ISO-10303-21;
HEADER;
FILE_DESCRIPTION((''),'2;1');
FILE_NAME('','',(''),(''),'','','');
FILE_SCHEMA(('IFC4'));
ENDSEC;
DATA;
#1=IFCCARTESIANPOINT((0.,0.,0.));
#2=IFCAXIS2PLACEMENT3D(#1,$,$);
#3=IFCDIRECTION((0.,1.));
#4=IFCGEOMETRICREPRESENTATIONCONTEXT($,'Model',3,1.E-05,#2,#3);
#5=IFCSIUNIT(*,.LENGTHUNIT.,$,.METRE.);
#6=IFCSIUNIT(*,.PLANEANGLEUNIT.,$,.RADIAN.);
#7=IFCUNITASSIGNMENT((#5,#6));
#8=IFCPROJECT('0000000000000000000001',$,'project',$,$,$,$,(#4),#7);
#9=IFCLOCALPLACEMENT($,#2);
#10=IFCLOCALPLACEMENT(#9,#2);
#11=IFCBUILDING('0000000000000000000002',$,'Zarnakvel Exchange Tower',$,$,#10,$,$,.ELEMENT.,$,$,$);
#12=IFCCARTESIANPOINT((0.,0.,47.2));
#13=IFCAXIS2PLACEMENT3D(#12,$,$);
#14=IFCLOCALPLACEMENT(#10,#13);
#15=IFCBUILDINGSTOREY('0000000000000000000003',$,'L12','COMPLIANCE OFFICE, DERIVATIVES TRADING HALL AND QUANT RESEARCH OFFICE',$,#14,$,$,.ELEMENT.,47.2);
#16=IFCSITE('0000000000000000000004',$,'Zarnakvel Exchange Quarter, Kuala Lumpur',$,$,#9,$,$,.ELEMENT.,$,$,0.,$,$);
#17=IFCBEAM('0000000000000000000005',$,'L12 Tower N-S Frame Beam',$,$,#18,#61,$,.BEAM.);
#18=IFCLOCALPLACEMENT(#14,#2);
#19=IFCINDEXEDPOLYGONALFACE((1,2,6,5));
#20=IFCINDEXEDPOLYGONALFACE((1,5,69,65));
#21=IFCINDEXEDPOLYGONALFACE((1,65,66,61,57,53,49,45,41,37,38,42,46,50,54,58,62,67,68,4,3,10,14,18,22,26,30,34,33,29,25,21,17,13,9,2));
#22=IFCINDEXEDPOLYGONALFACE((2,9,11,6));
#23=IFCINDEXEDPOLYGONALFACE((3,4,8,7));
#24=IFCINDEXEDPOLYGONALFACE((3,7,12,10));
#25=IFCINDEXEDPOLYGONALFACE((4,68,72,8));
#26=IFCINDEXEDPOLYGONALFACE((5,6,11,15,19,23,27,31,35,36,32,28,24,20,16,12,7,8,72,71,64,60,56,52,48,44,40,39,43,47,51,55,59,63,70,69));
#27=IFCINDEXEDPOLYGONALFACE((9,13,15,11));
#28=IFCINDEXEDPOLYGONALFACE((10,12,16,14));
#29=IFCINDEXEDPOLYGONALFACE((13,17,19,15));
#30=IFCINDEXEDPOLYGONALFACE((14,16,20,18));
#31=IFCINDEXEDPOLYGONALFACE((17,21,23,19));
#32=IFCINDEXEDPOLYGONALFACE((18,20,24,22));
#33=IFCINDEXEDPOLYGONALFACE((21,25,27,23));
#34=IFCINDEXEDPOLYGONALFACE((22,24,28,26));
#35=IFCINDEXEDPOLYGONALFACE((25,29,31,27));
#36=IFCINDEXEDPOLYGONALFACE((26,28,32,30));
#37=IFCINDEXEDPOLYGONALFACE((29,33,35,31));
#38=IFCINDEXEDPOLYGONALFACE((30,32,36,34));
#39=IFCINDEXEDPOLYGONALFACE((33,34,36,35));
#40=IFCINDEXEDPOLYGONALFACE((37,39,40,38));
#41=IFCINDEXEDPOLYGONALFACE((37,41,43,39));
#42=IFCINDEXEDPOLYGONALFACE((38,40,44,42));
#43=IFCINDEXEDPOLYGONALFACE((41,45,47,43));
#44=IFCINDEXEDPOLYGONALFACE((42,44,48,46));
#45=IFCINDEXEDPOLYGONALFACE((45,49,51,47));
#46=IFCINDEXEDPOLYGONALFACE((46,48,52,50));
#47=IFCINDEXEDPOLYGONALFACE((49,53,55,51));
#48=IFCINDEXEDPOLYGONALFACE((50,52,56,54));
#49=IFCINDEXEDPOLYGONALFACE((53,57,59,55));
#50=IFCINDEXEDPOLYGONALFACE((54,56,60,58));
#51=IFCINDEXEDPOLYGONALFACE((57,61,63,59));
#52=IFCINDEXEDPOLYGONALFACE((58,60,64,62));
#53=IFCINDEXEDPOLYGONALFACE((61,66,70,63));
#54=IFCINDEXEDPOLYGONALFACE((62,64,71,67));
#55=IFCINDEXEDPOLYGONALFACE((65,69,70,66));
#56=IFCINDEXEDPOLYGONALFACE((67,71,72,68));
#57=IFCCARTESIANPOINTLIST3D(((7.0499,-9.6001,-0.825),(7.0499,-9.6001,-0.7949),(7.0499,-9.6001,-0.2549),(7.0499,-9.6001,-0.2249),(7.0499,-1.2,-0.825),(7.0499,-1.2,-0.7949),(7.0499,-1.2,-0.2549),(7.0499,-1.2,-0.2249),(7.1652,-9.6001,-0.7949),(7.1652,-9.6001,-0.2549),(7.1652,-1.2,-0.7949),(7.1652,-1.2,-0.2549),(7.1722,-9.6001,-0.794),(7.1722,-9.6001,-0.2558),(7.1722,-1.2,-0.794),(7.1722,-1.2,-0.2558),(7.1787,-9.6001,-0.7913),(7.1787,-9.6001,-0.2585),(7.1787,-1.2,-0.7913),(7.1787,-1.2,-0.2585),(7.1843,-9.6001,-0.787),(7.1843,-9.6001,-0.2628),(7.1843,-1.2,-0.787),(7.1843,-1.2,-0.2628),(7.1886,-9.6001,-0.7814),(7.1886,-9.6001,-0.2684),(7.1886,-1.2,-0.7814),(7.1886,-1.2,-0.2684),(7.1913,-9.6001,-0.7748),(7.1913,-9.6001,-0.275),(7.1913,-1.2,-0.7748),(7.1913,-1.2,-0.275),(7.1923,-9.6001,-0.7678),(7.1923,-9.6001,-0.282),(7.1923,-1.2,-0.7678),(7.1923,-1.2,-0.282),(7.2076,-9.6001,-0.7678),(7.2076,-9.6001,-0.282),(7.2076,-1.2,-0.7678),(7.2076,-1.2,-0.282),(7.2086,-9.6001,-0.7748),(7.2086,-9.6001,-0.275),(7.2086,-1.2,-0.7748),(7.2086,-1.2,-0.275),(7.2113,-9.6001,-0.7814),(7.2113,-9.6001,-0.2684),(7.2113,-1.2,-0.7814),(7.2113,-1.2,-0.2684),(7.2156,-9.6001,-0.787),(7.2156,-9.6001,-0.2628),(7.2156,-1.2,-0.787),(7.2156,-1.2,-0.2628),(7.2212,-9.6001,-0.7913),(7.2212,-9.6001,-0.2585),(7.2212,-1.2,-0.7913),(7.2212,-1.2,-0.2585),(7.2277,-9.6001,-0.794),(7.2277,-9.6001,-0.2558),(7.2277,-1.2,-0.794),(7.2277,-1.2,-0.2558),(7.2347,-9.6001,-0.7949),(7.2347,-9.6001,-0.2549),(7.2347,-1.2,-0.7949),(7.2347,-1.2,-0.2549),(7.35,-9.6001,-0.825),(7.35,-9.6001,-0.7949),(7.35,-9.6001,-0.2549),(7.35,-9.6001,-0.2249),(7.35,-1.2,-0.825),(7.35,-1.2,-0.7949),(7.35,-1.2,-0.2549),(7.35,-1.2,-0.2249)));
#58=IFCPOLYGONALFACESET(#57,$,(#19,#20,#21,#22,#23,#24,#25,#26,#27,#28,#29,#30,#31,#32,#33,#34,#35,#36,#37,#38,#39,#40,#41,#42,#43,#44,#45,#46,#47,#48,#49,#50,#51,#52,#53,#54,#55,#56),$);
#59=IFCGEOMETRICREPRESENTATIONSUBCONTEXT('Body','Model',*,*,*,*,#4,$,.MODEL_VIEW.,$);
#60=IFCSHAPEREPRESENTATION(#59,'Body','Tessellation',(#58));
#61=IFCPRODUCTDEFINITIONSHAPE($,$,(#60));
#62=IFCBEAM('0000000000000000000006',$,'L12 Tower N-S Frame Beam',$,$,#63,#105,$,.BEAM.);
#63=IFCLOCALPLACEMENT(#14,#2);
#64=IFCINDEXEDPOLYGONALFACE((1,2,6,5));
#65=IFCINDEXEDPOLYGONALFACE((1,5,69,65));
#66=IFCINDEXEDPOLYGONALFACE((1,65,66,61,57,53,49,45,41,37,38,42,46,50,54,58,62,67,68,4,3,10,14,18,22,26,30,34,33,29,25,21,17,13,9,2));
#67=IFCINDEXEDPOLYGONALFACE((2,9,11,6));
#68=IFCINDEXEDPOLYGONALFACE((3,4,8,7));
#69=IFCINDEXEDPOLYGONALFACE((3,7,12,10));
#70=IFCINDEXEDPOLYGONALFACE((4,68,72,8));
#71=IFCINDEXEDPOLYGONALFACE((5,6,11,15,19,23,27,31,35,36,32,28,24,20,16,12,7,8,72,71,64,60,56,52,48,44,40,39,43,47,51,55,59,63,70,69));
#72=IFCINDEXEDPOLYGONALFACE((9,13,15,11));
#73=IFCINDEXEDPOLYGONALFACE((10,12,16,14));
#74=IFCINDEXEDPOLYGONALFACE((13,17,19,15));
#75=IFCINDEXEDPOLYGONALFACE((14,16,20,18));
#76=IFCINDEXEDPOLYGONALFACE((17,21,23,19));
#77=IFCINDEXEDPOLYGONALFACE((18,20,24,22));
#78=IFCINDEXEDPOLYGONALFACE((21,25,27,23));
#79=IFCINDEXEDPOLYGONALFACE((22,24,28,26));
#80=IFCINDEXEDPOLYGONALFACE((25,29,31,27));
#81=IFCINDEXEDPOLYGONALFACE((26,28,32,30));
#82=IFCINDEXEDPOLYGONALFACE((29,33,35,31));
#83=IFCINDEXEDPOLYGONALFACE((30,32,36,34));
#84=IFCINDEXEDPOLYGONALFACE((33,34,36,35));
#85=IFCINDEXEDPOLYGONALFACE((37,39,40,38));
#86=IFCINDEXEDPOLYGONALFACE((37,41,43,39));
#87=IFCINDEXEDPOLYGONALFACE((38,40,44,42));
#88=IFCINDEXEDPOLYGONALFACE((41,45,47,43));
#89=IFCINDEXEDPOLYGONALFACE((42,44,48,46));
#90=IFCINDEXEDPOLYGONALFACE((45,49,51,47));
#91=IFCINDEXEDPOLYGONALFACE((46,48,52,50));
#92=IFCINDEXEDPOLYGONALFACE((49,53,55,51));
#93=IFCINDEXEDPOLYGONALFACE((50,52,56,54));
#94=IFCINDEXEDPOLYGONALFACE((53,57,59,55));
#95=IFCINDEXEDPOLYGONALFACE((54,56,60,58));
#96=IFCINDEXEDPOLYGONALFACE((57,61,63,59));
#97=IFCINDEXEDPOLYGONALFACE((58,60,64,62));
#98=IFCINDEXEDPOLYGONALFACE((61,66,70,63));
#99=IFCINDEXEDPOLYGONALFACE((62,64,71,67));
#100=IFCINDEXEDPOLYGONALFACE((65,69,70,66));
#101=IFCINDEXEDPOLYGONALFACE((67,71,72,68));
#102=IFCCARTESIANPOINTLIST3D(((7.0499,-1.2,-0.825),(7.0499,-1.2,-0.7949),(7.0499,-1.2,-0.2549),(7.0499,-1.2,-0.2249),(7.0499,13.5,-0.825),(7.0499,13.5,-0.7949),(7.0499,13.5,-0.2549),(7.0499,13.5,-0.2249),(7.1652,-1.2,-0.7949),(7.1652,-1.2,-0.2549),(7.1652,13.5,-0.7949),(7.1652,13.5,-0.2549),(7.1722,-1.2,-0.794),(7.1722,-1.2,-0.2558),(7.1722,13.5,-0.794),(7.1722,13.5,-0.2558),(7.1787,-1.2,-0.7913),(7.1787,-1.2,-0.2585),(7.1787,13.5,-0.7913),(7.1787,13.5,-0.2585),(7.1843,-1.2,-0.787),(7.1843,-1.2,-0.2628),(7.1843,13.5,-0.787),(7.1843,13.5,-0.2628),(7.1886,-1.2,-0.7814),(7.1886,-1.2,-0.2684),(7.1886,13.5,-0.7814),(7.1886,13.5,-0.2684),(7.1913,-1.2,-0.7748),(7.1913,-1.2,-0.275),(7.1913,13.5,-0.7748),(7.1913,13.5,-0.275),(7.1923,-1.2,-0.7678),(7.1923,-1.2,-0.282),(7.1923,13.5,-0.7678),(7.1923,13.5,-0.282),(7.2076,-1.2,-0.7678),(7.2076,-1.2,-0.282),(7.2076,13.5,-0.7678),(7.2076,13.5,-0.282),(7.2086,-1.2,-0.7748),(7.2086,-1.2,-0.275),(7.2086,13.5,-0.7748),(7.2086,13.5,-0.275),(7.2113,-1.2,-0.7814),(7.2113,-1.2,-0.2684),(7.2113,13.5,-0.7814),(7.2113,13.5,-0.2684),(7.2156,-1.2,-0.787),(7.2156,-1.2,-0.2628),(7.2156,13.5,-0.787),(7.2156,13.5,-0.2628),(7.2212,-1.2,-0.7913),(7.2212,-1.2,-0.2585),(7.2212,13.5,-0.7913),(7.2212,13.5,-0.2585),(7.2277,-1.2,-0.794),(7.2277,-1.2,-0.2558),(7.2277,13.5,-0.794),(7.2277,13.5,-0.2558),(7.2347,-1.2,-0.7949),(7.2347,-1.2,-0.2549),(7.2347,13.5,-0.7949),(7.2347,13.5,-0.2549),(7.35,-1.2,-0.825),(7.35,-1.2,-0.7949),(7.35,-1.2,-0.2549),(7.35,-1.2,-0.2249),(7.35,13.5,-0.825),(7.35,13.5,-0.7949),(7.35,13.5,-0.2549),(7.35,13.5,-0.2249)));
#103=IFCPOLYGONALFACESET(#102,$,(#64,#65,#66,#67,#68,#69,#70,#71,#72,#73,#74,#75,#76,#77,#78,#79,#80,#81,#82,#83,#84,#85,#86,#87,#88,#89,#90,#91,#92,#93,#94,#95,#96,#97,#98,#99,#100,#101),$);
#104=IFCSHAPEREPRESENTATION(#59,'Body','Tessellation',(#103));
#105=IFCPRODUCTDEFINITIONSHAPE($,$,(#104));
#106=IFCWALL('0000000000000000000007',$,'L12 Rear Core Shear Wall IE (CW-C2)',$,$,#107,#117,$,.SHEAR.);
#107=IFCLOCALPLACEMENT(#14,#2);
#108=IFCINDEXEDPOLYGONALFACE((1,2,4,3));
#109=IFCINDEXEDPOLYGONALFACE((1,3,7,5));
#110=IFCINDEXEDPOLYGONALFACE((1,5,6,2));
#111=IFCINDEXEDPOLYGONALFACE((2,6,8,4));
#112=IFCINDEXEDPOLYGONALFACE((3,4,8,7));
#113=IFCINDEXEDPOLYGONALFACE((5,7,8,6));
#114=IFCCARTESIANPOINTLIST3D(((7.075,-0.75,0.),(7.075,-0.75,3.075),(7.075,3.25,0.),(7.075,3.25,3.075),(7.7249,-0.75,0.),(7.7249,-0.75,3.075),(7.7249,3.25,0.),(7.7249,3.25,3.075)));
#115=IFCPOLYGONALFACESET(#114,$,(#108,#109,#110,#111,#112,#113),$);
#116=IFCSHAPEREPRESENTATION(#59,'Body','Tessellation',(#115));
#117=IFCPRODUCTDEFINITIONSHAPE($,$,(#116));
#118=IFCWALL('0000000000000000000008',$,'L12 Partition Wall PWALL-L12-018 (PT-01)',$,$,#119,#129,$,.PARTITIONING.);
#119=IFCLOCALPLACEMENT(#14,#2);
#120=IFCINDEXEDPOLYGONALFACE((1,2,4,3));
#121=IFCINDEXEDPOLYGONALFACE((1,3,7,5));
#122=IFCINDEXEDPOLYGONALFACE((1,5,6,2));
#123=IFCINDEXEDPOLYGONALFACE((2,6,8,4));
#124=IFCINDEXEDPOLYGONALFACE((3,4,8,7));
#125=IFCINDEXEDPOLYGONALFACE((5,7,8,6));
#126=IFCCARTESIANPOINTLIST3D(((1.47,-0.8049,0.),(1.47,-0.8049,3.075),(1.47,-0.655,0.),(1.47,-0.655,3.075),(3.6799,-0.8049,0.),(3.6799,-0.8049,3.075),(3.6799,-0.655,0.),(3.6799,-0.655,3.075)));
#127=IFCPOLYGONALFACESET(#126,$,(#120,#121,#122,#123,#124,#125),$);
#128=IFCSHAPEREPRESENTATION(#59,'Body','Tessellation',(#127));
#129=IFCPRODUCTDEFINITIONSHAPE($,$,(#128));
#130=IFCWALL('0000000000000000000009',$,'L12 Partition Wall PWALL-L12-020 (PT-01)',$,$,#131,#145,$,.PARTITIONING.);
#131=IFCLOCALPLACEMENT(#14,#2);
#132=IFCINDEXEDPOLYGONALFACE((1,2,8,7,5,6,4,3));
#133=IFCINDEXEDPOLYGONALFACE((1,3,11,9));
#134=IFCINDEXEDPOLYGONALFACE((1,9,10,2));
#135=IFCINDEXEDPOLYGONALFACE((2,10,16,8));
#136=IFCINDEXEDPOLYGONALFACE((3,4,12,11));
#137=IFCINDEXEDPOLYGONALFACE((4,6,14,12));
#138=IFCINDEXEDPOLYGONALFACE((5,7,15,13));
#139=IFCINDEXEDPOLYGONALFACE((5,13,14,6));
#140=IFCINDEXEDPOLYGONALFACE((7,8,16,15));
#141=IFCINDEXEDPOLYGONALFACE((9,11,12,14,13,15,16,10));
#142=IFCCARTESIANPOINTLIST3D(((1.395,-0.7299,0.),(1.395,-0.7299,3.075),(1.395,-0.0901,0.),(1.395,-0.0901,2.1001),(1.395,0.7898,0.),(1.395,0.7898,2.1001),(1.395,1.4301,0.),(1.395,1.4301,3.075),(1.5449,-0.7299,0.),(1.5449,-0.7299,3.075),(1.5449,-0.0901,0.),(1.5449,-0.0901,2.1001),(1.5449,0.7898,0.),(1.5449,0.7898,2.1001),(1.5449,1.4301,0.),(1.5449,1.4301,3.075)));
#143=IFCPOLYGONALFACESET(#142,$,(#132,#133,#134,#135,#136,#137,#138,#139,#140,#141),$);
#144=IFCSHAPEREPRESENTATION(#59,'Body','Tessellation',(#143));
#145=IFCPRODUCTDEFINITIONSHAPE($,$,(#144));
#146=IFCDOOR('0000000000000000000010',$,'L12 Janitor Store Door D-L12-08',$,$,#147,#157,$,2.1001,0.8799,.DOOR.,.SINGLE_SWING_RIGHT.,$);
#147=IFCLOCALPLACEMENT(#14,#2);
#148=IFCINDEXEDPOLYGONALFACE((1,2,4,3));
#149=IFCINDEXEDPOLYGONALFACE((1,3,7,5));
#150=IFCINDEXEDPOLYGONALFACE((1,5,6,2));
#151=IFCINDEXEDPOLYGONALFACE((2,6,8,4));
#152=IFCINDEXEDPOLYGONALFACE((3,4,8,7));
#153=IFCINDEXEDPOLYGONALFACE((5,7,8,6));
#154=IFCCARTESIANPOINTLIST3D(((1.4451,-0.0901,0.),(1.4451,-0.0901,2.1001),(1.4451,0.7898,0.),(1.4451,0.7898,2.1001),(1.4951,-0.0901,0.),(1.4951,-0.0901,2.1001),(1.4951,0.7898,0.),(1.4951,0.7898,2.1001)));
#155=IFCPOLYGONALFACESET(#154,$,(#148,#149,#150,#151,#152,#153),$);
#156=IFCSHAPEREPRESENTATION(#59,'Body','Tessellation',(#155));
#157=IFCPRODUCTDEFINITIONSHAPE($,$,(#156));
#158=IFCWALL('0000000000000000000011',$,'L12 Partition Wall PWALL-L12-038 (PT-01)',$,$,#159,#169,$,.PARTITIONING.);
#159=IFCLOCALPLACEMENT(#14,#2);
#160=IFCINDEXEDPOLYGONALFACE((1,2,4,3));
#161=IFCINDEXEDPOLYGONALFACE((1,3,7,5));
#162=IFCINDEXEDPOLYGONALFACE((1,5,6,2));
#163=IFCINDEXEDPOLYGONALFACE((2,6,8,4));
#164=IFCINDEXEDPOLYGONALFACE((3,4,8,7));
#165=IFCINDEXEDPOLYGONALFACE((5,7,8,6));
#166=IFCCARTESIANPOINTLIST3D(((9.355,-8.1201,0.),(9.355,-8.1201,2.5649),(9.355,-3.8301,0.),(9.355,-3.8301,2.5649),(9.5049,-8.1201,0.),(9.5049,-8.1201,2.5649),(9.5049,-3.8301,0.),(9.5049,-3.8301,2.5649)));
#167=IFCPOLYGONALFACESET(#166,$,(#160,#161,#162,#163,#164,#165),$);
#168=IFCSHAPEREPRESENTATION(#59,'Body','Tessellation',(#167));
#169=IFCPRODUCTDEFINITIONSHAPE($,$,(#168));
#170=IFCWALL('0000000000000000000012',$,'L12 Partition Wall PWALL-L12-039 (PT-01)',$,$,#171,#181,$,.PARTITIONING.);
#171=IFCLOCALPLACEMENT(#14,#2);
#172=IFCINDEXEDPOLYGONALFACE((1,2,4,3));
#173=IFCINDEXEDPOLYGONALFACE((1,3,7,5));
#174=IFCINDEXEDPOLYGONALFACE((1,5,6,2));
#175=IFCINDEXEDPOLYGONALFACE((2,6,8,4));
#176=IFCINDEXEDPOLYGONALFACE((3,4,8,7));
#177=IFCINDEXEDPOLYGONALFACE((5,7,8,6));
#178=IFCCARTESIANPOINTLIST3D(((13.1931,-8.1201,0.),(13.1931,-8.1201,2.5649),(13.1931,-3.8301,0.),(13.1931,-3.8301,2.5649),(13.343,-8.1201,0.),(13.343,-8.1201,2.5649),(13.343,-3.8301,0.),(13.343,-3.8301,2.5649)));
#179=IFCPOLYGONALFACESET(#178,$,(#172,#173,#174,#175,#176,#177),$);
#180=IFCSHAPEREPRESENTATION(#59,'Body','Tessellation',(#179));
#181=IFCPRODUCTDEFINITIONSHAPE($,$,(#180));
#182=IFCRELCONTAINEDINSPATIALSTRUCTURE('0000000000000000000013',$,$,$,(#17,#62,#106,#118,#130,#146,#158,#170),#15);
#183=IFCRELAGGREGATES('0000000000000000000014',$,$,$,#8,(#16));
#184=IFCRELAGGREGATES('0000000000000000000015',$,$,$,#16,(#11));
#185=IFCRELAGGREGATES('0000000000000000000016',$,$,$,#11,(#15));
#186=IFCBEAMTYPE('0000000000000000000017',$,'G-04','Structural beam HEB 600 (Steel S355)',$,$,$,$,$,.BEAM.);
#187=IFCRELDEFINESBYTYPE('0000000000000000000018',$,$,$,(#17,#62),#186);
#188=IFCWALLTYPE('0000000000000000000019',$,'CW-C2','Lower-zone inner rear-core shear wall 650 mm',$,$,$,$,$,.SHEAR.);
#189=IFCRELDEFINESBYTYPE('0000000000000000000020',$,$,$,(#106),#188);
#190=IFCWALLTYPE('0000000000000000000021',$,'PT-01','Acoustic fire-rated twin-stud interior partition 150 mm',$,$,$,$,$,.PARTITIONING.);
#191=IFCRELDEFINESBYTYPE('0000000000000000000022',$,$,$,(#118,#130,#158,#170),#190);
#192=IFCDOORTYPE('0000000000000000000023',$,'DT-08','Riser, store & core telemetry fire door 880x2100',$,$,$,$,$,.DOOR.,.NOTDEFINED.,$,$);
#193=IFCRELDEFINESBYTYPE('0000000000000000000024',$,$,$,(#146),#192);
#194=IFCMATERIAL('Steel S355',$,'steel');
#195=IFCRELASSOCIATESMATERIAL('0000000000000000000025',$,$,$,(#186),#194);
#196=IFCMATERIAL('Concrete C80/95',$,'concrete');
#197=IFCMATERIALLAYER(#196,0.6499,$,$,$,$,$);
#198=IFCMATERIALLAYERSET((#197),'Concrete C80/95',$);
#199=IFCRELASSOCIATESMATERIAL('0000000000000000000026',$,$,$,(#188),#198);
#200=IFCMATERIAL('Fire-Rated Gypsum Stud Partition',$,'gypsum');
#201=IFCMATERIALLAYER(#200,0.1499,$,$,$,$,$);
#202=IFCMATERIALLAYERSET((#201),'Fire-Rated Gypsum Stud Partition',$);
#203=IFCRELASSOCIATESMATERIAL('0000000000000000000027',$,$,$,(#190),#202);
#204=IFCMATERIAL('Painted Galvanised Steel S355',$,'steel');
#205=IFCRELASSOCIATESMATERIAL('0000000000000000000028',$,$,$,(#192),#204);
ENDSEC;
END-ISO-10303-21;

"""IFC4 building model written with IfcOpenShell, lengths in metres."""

from ifc_helpers import new_model, si_unit, direction, frame, frame_2d, origin, origin_2d, place, context, subcontext, project, spatial, rectangle, i_section, extrude, source, transform, mapped, material, layer, layer_set, material_profile, profile_set, type_object, element, fill, save


model = new_model("IFC4")

# Units and contexts
model_context = context("Model", 3, precision=1e-05, world=origin(), true_north=direction((0.0, 1.0)))
body_context = subcontext(model_context, "Body", "Model", "MODEL_VIEW")
ifc_project = project(units=[si_unit("LENGTHUNIT", "METRE"), si_unit("PLANEANGLEUNIT", "RADIAN")], contexts=[model_context])

# Site, building, storey
site_placement = place(None, origin())
site = spatial("IfcSite", under=ifc_project, at=site_placement, Name="Zarnakvel Exchange Quarter, Kuala Lumpur", CompositionType="ELEMENT", RefElevation=0.0)
building_placement = place(site_placement, origin())
building = spatial("IfcBuilding", under=site, at=building_placement, Name="Zarnakvel Exchange Tower", CompositionType="ELEMENT")
storey_placement = place(building_placement, frame((0.0, 0.0, 47.2)))
storey = spatial("IfcBuildingStorey", under=building, at=storey_placement, Name="L12", Description="COMPLIANCE OFFICE, DERIVATIVES TRADING HALL AND QUANT RESEARCH OFFICE", CompositionType="ELEMENT", Elevation=47.2)

# Shared definitions
ifc_material_1 = material(Name="Concrete C80/95", Category="concrete")

# Beams
ifc_material_2 = material(Name="Steel S355", Category="steel")
ifc_material_profile_1 = material_profile(ifc_material_2, i_section(OverallWidth=0.3, OverallDepth=0.6001, WebThickness=0.0154, FlangeThickness=0.03, FilletRadius=0.0271, at=origin_2d()))
ifc_profile_set_1 = profile_set([ifc_material_profile_1], Name="Steel S355")
beam_type_1 = type_object("IfcBeamType", Name="G-04", Description="Structural beam HEB 600 (Steel S355)", PredefinedType="BEAM", material=ifc_profile_set_1)
beam_1_placement = place(storey_placement, frame((7.2, -9.6001, -0.5249), z_axis=(0.0, 1.0, 0.0), x_axis=(-1.0, 0.0, 0.0)))
element("IfcBeam", 1, at=beam_1_placement, inside=storey, type_object=beam_type_1, Name="L12 Tower N-S Frame Beam", PredefinedType="BEAM", context=body_context, shape_type="SweptSolid", body=[
    extrude(i_section(OverallWidth=0.3, OverallDepth=0.6001, WebThickness=0.0154, FlangeThickness=0.03, FilletRadius=0.0271, at=origin_2d()), origin(), (0.0, 0.0, 1.0), 8.4001),
])
beam_2_placement = place(storey_placement, frame((7.2, -1.2, -0.5249), z_axis=(0.0, 1.0, 0.0), x_axis=(-1.0, 0.0, 0.0)))
element("IfcBeam", 2, at=beam_2_placement, inside=storey, type_object=beam_type_1, Name="L12 Tower N-S Frame Beam", PredefinedType="BEAM", context=body_context, shape_type="SweptSolid", body=[
    extrude(i_section(OverallWidth=0.3, OverallDepth=0.6001, WebThickness=0.0154, FlangeThickness=0.03, FilletRadius=0.0271, at=origin_2d()), origin(), (0.0, 0.0, 1.0), 14.7),
])

# Shared definitions
ifc_material_3 = material(Name="Painted Galvanised Steel S355", Category="steel")

# Walls
ifc_layer_1 = layer(ifc_material_1, 0.6499)
ifc_layer_set_1 = layer_set([ifc_layer_1], Name="Concrete C80/95")
wall_type_1 = type_object("IfcWallType", Name="CW-C2", Description="Lower-zone inner rear-core shear wall 650 mm", PredefinedType="SHEAR", material=ifc_layer_set_1)
wall_1_placement = place(storey_placement, frame((7.3999, -0.75, 0.0), z_axis=(0.0, 0.0, 1.0), x_axis=(0.0, 1.0, 0.0)))
element("IfcWall", 3, at=wall_1_placement, inside=storey, type_object=wall_type_1, Name="L12 Rear Core Shear Wall IE (CW-C2)", PredefinedType="SHEAR", context=body_context, shape_type="SweptSolid", body=[
    extrude(rectangle(XDim=4.0, YDim=0.6499, at=frame_2d((2.0, 0.0))), origin(), (0.0, 0.0, 1.0), 3.075),
])
ifc_material_4 = material(Name="Fire-Rated Gypsum Stud Partition", Category="gypsum")
ifc_layer_2 = layer(ifc_material_4, 0.1499)
ifc_layer_set_2 = layer_set([ifc_layer_2], Name="Fire-Rated Gypsum Stud Partition")
wall_type_2 = type_object("IfcWallType", Name="PT-01", Description="Acoustic fire-rated twin-stud interior partition 150 mm", PredefinedType="PARTITIONING", material=ifc_layer_set_2)
wall_2_placement = place(storey_placement, frame((3.6799, -0.73, 0.0), z_axis=(0.0, 0.0, 1.0), x_axis=(-1.0, 0.0, 0.0)))
element("IfcWall", 4, at=wall_2_placement, inside=storey, type_object=wall_type_2, Name="L12 Partition Wall PWALL-L12-018 (PT-01)", PredefinedType="PARTITIONING", context=body_context, shape_type="SweptSolid", body=[
    extrude(rectangle(XDim=2.21, YDim=0.1499, at=frame_2d((1.105, 0.0))), origin(), (0.0, 0.0, 1.0), 3.075),
])

# Wall, opening, door
wall_3_placement = place(storey_placement, frame((1.47, -0.73, 0.0), z_axis=(0.0, 0.0, 1.0), x_axis=(0.0, 1.0, 0.0)))
wall_3 = element("IfcWall", 5, at=wall_3_placement, inside=storey, type_object=wall_type_2, Name="L12 Partition Wall PWALL-L12-020 (PT-01)", PredefinedType="PARTITIONING", context=body_context, shape_type="SweptSolid", body=[
    extrude(rectangle(XDim=2.1599, YDim=0.1499, at=frame_2d((1.0801, 0.0))), origin(), (0.0, 0.0, 1.0), 3.075),
])
opening_1_placement = place(wall_3_placement, frame((0.6399, 0.0, 0.0)))
opening_1 = element("IfcOpeningElement", 6, at=opening_1_placement, cuts=wall_3, PredefinedType="OPENING", context=body_context, shape_type="SweptSolid", body=[
    extrude(rectangle(XDim=0.8799, YDim=2.1001, at=frame_2d((0.4399, 1.05))), frame((0.0, 0.085, 0.0), z_axis=(0.0, -1.0, 0.0), x_axis=(1.0, 0.0, 0.0)), (0.0, 0.0, 1.0), 0.1699),
])
door_type_1 = type_object("IfcDoorType", Name="DT-08", Description="Riser, store & core telemetry fire door 880x2100", OperationType="NOTDEFINED", PredefinedType="DOOR", material=ifc_material_3)
shared_shape_1 = source(origin(), body_context, "Body", "SweptSolid", [
    extrude(rectangle(XDim=0.8799, YDim=2.1001, at=frame_2d((0.4399, 1.05))), frame((0.0, 0.0249, 0.0), z_axis=(0.0, -1.0, 0.0), x_axis=(1.0, 0.0, 0.0)), (0.0, 0.0, 1.0), 0.05),
])
door_1_placement = place(opening_1_placement, origin())
door_1 = element("IfcDoor", 7, at=door_1_placement, inside=storey, type_object=door_type_1, Name="L12 Janitor Store Door D-L12-08", OperationType="SINGLE_SWING_RIGHT", OverallHeight=2.1001, OverallWidth=0.8799, PredefinedType="DOOR", context=body_context, shape_type="MappedRepresentation", body=[
    mapped(shared_shape_1, transform((0.0, 0.0, 0.0), x_axis=(1.0, 0.0, 0.0), y_axis=(0.0, 1.0, 0.0), z_axis=(0.0, 0.0, 1.0), scale=1.0)),
])
fill(opening_1, door_1)

# Walls
for number, where, z_axis, x_axis, name in (
    (8, (9.4299, -8.1201, 0.0), (0.0, 0.0, 1.0), (0.0, 1.0, 0.0), "L12 Partition Wall PWALL-L12-038 (PT-01)"),
    (9, (13.2681, -3.8301, 0.0), (0.0, 0.0, 1.0), (0.0, -1.0, 0.0), "L12 Partition Wall PWALL-L12-039 (PT-01)"),
):
    element("IfcWall", number, at=place(storey_placement, frame(where, z_axis=z_axis, x_axis=x_axis)), inside=storey, type_object=wall_type_2, Name=name, PredefinedType="PARTITIONING", context=body_context, shape_type="SweptSolid", body=[
        extrude(rectangle(XDim=4.29, YDim=0.1499, at=frame_2d((2.145, 0.0))), origin(), (0.0, 0.0, 1.0), 2.5649),
    ])

save(model, "model.ifc")
